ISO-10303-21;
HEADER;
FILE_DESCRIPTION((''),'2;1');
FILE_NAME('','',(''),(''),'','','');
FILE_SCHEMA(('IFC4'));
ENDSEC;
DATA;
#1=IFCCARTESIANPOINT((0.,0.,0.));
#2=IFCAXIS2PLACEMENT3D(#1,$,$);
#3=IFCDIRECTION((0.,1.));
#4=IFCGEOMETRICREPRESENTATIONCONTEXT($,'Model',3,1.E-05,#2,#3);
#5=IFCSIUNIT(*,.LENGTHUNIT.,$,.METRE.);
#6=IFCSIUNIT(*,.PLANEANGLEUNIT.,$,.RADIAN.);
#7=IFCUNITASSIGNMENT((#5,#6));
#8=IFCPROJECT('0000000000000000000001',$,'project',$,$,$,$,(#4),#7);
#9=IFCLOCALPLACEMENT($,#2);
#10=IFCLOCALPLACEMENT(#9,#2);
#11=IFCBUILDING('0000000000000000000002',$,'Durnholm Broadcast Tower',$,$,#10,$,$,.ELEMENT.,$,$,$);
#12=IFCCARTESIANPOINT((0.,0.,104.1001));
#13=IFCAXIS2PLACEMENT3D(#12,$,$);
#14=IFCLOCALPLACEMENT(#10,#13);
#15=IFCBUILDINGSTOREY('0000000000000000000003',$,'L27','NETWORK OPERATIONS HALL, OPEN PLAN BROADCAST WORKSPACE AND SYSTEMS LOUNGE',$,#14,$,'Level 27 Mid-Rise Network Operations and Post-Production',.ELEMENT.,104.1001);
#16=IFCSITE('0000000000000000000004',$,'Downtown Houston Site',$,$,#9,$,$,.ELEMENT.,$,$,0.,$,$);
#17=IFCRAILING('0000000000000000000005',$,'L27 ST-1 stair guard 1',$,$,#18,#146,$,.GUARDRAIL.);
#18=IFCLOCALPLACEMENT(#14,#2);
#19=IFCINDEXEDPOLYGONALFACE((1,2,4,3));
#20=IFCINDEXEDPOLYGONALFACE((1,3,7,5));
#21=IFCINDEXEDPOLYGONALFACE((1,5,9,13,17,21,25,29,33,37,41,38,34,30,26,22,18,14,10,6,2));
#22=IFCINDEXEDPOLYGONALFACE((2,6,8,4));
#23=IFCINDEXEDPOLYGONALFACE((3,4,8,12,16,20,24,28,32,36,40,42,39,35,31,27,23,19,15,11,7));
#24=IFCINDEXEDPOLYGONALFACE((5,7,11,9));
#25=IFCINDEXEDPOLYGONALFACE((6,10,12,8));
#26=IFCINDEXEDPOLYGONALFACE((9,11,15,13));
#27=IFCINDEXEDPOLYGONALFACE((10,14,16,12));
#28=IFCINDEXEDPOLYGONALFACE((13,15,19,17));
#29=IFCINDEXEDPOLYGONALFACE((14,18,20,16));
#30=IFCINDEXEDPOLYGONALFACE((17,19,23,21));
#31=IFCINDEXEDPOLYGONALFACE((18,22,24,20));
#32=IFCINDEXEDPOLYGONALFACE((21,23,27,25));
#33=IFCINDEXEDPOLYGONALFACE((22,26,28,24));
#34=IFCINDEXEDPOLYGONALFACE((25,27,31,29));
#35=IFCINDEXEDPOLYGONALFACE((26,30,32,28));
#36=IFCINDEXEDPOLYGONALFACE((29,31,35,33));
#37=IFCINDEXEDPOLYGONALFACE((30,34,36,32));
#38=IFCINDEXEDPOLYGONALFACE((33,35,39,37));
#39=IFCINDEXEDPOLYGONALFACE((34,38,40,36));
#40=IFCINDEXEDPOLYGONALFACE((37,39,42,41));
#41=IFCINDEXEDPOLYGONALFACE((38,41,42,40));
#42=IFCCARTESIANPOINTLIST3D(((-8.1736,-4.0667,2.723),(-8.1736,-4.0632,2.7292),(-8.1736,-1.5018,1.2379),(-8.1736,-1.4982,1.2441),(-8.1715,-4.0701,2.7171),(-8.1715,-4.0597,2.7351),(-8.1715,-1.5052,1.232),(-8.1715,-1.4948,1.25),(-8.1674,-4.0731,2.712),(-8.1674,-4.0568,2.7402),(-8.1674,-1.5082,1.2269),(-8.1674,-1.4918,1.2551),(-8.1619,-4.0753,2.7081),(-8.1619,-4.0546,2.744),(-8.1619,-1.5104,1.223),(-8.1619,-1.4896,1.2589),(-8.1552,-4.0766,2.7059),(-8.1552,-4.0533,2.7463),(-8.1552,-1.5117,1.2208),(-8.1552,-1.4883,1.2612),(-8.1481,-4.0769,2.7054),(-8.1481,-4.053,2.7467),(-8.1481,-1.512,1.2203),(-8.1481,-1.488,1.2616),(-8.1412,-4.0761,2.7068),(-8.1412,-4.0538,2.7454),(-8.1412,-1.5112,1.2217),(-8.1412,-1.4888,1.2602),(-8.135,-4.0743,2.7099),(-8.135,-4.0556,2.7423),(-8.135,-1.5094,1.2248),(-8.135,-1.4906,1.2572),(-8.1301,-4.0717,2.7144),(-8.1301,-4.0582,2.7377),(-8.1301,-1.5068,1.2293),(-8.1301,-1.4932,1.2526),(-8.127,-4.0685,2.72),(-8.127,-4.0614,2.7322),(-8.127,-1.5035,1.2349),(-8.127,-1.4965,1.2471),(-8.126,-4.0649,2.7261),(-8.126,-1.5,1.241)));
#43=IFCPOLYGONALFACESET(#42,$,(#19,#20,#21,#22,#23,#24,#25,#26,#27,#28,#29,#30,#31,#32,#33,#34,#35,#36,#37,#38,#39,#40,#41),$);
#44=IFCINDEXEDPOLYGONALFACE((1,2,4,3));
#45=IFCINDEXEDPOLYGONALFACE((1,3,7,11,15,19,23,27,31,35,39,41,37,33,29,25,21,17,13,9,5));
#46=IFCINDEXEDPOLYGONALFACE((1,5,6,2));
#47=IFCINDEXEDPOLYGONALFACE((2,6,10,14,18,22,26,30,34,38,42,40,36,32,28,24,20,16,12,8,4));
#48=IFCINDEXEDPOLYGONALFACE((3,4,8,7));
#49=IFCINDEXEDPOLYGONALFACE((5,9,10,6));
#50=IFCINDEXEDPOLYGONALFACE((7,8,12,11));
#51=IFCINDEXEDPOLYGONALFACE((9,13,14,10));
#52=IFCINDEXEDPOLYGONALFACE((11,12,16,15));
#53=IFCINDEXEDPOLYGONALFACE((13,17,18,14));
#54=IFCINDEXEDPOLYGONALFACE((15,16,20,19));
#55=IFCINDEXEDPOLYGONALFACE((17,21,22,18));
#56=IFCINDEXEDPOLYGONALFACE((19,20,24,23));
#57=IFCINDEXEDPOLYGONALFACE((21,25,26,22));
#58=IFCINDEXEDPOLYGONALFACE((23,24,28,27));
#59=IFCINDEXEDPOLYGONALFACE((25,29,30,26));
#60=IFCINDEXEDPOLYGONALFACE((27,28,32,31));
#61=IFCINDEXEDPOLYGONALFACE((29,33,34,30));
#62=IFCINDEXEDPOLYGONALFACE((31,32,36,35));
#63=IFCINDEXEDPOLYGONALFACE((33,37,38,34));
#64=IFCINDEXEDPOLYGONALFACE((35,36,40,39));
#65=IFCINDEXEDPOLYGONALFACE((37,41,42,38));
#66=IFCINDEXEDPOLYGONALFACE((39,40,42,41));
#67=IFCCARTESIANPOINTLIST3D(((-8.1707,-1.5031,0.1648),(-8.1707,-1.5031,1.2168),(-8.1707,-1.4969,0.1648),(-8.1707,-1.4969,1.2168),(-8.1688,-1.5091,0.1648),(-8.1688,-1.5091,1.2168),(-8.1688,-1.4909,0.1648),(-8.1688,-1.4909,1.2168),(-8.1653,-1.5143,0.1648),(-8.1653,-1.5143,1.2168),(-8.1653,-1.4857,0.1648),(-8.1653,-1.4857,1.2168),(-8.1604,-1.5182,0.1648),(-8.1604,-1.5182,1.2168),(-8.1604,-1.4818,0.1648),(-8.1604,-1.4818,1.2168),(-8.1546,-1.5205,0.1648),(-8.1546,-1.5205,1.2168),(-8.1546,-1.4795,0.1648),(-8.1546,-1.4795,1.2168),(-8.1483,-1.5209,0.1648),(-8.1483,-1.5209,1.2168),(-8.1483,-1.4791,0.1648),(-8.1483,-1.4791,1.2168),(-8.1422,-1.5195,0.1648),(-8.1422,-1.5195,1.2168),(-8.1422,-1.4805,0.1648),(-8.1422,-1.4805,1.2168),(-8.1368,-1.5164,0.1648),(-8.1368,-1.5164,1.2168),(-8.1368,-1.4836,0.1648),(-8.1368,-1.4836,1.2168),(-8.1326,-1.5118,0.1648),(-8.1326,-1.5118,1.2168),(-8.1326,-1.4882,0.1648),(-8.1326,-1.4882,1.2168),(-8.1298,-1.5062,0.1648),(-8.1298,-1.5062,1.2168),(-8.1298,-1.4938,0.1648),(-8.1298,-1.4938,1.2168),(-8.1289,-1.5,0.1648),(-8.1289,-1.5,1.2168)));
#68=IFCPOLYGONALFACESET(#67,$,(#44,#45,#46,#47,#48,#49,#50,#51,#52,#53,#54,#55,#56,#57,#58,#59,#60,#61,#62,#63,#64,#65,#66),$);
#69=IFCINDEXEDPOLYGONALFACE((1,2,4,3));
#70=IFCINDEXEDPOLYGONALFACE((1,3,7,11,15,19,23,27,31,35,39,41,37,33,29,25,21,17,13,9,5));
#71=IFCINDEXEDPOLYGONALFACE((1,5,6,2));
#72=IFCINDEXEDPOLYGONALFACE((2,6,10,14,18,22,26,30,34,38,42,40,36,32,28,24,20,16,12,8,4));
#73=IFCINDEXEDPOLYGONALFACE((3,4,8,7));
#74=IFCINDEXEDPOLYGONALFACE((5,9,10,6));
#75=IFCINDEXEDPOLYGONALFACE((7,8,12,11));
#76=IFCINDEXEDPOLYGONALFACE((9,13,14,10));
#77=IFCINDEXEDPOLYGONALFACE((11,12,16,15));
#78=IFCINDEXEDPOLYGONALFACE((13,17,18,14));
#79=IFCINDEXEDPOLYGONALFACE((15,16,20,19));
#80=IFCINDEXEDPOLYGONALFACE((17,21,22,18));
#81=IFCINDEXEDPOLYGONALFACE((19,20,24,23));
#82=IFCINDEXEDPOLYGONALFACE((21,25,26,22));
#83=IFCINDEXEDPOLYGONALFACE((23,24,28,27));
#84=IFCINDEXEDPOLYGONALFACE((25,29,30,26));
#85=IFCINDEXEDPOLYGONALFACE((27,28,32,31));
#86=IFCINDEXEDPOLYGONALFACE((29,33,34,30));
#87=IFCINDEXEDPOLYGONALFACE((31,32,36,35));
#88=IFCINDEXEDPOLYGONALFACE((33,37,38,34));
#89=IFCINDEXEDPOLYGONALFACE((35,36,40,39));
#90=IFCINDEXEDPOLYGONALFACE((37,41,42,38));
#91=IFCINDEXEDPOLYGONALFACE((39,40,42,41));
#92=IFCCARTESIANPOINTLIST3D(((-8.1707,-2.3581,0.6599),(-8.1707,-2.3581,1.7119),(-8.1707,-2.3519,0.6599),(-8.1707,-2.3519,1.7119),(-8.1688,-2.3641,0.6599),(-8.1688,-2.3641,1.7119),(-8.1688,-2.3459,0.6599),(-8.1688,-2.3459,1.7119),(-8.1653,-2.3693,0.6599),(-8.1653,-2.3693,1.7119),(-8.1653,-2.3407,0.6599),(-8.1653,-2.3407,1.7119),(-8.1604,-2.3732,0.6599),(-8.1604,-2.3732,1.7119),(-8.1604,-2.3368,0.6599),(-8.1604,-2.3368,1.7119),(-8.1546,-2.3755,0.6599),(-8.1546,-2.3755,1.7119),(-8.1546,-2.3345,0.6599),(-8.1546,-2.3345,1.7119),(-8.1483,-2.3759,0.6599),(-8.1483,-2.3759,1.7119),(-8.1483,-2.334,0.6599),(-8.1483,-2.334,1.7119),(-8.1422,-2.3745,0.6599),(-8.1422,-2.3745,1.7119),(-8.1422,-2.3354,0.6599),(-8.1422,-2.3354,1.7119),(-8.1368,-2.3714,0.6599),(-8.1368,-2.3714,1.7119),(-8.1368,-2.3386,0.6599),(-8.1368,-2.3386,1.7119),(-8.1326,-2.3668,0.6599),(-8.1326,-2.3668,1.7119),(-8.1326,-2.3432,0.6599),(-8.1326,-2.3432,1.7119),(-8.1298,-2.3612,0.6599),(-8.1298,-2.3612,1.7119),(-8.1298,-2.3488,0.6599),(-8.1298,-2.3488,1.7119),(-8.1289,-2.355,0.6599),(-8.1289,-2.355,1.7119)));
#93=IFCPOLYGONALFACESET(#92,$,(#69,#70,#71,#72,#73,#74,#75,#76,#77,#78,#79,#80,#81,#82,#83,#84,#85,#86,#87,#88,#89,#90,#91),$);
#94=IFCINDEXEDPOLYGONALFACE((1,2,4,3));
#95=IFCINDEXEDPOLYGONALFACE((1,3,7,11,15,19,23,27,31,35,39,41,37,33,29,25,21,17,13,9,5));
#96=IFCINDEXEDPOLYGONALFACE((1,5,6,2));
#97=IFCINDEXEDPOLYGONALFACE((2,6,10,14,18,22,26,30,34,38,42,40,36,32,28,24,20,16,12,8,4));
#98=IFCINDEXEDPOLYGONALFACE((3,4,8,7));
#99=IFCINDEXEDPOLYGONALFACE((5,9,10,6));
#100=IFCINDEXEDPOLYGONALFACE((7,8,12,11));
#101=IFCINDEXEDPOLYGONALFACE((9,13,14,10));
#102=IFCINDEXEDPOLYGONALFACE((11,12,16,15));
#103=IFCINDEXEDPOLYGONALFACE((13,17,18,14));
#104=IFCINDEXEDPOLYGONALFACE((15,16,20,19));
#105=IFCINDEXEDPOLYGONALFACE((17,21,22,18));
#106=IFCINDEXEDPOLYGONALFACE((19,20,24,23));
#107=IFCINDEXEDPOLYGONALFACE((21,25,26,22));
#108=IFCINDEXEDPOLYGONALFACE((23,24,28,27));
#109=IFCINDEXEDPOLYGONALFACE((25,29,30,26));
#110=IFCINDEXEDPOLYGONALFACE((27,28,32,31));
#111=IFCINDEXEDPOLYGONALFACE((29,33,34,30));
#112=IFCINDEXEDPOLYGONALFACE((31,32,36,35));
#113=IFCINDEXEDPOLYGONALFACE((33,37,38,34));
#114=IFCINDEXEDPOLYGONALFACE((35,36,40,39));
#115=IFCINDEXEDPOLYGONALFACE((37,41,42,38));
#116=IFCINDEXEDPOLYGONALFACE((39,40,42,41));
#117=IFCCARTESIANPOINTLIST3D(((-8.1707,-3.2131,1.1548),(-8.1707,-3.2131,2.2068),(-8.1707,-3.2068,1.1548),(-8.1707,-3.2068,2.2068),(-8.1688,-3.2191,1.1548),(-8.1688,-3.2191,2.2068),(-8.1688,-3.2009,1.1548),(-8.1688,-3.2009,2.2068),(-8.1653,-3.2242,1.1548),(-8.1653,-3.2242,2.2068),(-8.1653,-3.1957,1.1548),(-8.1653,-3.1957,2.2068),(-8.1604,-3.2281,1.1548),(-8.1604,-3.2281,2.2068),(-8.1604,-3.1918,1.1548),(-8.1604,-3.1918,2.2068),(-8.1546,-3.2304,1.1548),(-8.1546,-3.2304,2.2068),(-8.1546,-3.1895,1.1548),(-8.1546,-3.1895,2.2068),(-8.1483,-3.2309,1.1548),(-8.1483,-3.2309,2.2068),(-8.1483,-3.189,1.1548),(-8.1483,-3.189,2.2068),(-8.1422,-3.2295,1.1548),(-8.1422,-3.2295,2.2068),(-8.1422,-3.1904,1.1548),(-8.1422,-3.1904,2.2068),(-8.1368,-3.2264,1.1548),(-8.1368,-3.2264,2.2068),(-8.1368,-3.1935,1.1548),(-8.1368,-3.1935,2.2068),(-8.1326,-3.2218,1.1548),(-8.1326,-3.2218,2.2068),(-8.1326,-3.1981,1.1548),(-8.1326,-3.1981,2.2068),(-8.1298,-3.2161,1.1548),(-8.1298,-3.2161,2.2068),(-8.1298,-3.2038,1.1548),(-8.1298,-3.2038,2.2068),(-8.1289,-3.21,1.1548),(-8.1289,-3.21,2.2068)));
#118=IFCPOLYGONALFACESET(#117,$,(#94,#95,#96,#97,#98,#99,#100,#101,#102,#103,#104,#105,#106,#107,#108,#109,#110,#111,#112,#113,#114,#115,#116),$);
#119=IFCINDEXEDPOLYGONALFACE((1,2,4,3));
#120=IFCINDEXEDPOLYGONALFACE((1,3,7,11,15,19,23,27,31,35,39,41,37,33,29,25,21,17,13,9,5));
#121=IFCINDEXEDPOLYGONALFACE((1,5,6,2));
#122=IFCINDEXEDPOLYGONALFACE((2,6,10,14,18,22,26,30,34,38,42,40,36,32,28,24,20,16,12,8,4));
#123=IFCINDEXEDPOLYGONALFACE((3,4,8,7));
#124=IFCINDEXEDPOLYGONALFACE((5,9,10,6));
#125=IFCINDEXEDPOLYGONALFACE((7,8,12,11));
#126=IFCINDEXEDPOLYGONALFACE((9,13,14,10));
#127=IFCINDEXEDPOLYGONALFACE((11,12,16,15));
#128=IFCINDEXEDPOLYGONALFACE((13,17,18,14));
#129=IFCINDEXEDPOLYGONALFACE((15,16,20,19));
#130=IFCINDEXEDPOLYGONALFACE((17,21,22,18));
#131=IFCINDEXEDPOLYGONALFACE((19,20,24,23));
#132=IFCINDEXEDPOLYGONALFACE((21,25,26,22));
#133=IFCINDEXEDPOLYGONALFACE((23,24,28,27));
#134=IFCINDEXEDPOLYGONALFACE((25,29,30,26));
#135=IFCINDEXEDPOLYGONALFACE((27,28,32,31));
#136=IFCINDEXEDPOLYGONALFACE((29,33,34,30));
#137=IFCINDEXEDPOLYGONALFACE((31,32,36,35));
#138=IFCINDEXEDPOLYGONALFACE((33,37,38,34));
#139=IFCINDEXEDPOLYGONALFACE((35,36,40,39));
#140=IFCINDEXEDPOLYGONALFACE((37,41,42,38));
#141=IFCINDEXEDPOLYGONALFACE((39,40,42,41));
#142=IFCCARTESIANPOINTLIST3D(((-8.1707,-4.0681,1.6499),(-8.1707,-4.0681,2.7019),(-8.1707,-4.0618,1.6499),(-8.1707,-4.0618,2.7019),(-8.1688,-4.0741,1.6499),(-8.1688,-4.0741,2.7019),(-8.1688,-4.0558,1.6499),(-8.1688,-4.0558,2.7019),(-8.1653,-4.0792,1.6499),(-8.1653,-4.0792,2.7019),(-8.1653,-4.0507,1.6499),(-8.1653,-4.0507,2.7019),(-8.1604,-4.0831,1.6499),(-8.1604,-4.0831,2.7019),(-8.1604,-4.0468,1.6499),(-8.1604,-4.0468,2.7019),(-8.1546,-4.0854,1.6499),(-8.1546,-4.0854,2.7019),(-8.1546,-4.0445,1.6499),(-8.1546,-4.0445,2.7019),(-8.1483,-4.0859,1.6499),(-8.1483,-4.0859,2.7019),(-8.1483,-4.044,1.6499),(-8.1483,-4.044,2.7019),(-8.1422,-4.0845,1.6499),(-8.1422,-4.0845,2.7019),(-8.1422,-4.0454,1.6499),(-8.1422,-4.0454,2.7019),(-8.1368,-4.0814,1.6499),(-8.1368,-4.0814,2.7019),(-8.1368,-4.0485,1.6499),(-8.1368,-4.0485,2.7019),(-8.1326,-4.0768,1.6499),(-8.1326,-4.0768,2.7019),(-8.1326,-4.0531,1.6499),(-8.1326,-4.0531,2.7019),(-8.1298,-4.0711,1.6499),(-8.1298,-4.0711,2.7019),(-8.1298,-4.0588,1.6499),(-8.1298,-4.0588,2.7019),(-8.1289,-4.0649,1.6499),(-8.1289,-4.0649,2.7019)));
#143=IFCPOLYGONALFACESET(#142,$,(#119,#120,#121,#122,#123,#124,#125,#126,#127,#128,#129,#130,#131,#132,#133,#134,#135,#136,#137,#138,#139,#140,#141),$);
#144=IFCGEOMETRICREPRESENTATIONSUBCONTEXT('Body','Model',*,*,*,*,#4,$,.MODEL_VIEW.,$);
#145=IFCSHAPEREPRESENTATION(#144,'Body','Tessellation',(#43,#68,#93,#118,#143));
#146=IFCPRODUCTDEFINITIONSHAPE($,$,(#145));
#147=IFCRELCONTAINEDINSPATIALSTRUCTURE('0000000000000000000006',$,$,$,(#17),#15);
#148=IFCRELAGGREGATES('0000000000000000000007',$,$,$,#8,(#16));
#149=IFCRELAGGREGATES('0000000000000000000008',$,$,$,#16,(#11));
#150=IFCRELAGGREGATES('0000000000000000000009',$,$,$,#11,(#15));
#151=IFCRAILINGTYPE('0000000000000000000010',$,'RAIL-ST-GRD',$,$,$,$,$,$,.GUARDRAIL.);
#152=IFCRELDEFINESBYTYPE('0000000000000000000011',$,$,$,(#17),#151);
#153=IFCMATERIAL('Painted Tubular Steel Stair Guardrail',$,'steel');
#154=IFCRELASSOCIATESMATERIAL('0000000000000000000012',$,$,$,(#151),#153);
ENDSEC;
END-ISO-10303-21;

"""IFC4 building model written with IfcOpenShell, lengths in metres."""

from ifc_helpers import new_model, si_unit, direction, frame, origin, origin_2d, place, context, subcontext, project, spatial, circle, extrude, material, type_object, element, save


model = new_model("IFC4")

# Units and contexts
model_context = context("Model", 3, precision=1e-05, world=origin(), true_north=direction((0.0, 1.0)))
body_context = subcontext(model_context, "Body", "Model", "MODEL_VIEW")
ifc_project = project(units=[si_unit("LENGTHUNIT", "METRE"), si_unit("PLANEANGLEUNIT", "RADIAN")], contexts=[model_context])

# Site, building, storey
site_placement = place(None, origin())
site = spatial("IfcSite", under=ifc_project, at=site_placement, Name="Downtown Houston Site", CompositionType="ELEMENT", RefElevation=0.0)
building_placement = place(site_placement, origin())
building = spatial("IfcBuilding", under=site, at=building_placement, Name="Durnholm Broadcast Tower", CompositionType="ELEMENT")
storey_placement = place(building_placement, frame((0.0, 0.0, 104.1001)))
storey = spatial("IfcBuildingStorey", under=building, at=storey_placement, Name="L27", Description="NETWORK OPERATIONS HALL, OPEN PLAN BROADCAST WORKSPACE AND SYSTEMS LOUNGE", LongName="Level 27 Mid-Rise Network Operations and Post-Production", CompositionType="ELEMENT", Elevation=104.1001)

# Railing
ifc_material_1 = material(Name="Painted Tubular Steel Stair Guardrail", Category="steel")
railing_type_1 = type_object("IfcRailingType", Name="RAIL-ST-GRD", PredefinedType="GUARDRAIL", material=ifc_material_1)
railing_1_placement = place(storey_placement, frame((-8.1499, -1.5, 0.1648)))
element("IfcRailing", 1, at=railing_1_placement, inside=storey, type_object=railing_type_1, Name="L27 ST-1 stair guard 1", PredefinedType="GUARDRAIL", context=body_context, shape_type="SweptSolid", body=[
    extrude(circle(Radius=0.0239, at=origin_2d()), frame((0.0, 0.0, 1.0762), z_axis=(0.0, -0.865406, 0.501072), x_axis=(1.0, 0.0, 0.0)), (0.0, 0.0, 1.0), 2.9639),
    extrude(circle(Radius=0.021, at=origin_2d()), origin(), (0.0, 0.0, 1.0), 1.052),
    extrude(circle(Radius=0.021, at=origin_2d()), frame((0.0, -0.855, 0.4951)), (0.0, 0.0, 1.0), 1.052),
    extrude(circle(Radius=0.021, at=origin_2d()), frame((0.0, -1.71, 0.99)), (0.0, 0.0, 1.0), 1.052),
    extrude(circle(Radius=0.021, at=origin_2d()), frame((0.0, -2.5649, 1.4851)), (0.0, 0.0, 1.0), 1.052),
])

save(model, "model.ifc")
